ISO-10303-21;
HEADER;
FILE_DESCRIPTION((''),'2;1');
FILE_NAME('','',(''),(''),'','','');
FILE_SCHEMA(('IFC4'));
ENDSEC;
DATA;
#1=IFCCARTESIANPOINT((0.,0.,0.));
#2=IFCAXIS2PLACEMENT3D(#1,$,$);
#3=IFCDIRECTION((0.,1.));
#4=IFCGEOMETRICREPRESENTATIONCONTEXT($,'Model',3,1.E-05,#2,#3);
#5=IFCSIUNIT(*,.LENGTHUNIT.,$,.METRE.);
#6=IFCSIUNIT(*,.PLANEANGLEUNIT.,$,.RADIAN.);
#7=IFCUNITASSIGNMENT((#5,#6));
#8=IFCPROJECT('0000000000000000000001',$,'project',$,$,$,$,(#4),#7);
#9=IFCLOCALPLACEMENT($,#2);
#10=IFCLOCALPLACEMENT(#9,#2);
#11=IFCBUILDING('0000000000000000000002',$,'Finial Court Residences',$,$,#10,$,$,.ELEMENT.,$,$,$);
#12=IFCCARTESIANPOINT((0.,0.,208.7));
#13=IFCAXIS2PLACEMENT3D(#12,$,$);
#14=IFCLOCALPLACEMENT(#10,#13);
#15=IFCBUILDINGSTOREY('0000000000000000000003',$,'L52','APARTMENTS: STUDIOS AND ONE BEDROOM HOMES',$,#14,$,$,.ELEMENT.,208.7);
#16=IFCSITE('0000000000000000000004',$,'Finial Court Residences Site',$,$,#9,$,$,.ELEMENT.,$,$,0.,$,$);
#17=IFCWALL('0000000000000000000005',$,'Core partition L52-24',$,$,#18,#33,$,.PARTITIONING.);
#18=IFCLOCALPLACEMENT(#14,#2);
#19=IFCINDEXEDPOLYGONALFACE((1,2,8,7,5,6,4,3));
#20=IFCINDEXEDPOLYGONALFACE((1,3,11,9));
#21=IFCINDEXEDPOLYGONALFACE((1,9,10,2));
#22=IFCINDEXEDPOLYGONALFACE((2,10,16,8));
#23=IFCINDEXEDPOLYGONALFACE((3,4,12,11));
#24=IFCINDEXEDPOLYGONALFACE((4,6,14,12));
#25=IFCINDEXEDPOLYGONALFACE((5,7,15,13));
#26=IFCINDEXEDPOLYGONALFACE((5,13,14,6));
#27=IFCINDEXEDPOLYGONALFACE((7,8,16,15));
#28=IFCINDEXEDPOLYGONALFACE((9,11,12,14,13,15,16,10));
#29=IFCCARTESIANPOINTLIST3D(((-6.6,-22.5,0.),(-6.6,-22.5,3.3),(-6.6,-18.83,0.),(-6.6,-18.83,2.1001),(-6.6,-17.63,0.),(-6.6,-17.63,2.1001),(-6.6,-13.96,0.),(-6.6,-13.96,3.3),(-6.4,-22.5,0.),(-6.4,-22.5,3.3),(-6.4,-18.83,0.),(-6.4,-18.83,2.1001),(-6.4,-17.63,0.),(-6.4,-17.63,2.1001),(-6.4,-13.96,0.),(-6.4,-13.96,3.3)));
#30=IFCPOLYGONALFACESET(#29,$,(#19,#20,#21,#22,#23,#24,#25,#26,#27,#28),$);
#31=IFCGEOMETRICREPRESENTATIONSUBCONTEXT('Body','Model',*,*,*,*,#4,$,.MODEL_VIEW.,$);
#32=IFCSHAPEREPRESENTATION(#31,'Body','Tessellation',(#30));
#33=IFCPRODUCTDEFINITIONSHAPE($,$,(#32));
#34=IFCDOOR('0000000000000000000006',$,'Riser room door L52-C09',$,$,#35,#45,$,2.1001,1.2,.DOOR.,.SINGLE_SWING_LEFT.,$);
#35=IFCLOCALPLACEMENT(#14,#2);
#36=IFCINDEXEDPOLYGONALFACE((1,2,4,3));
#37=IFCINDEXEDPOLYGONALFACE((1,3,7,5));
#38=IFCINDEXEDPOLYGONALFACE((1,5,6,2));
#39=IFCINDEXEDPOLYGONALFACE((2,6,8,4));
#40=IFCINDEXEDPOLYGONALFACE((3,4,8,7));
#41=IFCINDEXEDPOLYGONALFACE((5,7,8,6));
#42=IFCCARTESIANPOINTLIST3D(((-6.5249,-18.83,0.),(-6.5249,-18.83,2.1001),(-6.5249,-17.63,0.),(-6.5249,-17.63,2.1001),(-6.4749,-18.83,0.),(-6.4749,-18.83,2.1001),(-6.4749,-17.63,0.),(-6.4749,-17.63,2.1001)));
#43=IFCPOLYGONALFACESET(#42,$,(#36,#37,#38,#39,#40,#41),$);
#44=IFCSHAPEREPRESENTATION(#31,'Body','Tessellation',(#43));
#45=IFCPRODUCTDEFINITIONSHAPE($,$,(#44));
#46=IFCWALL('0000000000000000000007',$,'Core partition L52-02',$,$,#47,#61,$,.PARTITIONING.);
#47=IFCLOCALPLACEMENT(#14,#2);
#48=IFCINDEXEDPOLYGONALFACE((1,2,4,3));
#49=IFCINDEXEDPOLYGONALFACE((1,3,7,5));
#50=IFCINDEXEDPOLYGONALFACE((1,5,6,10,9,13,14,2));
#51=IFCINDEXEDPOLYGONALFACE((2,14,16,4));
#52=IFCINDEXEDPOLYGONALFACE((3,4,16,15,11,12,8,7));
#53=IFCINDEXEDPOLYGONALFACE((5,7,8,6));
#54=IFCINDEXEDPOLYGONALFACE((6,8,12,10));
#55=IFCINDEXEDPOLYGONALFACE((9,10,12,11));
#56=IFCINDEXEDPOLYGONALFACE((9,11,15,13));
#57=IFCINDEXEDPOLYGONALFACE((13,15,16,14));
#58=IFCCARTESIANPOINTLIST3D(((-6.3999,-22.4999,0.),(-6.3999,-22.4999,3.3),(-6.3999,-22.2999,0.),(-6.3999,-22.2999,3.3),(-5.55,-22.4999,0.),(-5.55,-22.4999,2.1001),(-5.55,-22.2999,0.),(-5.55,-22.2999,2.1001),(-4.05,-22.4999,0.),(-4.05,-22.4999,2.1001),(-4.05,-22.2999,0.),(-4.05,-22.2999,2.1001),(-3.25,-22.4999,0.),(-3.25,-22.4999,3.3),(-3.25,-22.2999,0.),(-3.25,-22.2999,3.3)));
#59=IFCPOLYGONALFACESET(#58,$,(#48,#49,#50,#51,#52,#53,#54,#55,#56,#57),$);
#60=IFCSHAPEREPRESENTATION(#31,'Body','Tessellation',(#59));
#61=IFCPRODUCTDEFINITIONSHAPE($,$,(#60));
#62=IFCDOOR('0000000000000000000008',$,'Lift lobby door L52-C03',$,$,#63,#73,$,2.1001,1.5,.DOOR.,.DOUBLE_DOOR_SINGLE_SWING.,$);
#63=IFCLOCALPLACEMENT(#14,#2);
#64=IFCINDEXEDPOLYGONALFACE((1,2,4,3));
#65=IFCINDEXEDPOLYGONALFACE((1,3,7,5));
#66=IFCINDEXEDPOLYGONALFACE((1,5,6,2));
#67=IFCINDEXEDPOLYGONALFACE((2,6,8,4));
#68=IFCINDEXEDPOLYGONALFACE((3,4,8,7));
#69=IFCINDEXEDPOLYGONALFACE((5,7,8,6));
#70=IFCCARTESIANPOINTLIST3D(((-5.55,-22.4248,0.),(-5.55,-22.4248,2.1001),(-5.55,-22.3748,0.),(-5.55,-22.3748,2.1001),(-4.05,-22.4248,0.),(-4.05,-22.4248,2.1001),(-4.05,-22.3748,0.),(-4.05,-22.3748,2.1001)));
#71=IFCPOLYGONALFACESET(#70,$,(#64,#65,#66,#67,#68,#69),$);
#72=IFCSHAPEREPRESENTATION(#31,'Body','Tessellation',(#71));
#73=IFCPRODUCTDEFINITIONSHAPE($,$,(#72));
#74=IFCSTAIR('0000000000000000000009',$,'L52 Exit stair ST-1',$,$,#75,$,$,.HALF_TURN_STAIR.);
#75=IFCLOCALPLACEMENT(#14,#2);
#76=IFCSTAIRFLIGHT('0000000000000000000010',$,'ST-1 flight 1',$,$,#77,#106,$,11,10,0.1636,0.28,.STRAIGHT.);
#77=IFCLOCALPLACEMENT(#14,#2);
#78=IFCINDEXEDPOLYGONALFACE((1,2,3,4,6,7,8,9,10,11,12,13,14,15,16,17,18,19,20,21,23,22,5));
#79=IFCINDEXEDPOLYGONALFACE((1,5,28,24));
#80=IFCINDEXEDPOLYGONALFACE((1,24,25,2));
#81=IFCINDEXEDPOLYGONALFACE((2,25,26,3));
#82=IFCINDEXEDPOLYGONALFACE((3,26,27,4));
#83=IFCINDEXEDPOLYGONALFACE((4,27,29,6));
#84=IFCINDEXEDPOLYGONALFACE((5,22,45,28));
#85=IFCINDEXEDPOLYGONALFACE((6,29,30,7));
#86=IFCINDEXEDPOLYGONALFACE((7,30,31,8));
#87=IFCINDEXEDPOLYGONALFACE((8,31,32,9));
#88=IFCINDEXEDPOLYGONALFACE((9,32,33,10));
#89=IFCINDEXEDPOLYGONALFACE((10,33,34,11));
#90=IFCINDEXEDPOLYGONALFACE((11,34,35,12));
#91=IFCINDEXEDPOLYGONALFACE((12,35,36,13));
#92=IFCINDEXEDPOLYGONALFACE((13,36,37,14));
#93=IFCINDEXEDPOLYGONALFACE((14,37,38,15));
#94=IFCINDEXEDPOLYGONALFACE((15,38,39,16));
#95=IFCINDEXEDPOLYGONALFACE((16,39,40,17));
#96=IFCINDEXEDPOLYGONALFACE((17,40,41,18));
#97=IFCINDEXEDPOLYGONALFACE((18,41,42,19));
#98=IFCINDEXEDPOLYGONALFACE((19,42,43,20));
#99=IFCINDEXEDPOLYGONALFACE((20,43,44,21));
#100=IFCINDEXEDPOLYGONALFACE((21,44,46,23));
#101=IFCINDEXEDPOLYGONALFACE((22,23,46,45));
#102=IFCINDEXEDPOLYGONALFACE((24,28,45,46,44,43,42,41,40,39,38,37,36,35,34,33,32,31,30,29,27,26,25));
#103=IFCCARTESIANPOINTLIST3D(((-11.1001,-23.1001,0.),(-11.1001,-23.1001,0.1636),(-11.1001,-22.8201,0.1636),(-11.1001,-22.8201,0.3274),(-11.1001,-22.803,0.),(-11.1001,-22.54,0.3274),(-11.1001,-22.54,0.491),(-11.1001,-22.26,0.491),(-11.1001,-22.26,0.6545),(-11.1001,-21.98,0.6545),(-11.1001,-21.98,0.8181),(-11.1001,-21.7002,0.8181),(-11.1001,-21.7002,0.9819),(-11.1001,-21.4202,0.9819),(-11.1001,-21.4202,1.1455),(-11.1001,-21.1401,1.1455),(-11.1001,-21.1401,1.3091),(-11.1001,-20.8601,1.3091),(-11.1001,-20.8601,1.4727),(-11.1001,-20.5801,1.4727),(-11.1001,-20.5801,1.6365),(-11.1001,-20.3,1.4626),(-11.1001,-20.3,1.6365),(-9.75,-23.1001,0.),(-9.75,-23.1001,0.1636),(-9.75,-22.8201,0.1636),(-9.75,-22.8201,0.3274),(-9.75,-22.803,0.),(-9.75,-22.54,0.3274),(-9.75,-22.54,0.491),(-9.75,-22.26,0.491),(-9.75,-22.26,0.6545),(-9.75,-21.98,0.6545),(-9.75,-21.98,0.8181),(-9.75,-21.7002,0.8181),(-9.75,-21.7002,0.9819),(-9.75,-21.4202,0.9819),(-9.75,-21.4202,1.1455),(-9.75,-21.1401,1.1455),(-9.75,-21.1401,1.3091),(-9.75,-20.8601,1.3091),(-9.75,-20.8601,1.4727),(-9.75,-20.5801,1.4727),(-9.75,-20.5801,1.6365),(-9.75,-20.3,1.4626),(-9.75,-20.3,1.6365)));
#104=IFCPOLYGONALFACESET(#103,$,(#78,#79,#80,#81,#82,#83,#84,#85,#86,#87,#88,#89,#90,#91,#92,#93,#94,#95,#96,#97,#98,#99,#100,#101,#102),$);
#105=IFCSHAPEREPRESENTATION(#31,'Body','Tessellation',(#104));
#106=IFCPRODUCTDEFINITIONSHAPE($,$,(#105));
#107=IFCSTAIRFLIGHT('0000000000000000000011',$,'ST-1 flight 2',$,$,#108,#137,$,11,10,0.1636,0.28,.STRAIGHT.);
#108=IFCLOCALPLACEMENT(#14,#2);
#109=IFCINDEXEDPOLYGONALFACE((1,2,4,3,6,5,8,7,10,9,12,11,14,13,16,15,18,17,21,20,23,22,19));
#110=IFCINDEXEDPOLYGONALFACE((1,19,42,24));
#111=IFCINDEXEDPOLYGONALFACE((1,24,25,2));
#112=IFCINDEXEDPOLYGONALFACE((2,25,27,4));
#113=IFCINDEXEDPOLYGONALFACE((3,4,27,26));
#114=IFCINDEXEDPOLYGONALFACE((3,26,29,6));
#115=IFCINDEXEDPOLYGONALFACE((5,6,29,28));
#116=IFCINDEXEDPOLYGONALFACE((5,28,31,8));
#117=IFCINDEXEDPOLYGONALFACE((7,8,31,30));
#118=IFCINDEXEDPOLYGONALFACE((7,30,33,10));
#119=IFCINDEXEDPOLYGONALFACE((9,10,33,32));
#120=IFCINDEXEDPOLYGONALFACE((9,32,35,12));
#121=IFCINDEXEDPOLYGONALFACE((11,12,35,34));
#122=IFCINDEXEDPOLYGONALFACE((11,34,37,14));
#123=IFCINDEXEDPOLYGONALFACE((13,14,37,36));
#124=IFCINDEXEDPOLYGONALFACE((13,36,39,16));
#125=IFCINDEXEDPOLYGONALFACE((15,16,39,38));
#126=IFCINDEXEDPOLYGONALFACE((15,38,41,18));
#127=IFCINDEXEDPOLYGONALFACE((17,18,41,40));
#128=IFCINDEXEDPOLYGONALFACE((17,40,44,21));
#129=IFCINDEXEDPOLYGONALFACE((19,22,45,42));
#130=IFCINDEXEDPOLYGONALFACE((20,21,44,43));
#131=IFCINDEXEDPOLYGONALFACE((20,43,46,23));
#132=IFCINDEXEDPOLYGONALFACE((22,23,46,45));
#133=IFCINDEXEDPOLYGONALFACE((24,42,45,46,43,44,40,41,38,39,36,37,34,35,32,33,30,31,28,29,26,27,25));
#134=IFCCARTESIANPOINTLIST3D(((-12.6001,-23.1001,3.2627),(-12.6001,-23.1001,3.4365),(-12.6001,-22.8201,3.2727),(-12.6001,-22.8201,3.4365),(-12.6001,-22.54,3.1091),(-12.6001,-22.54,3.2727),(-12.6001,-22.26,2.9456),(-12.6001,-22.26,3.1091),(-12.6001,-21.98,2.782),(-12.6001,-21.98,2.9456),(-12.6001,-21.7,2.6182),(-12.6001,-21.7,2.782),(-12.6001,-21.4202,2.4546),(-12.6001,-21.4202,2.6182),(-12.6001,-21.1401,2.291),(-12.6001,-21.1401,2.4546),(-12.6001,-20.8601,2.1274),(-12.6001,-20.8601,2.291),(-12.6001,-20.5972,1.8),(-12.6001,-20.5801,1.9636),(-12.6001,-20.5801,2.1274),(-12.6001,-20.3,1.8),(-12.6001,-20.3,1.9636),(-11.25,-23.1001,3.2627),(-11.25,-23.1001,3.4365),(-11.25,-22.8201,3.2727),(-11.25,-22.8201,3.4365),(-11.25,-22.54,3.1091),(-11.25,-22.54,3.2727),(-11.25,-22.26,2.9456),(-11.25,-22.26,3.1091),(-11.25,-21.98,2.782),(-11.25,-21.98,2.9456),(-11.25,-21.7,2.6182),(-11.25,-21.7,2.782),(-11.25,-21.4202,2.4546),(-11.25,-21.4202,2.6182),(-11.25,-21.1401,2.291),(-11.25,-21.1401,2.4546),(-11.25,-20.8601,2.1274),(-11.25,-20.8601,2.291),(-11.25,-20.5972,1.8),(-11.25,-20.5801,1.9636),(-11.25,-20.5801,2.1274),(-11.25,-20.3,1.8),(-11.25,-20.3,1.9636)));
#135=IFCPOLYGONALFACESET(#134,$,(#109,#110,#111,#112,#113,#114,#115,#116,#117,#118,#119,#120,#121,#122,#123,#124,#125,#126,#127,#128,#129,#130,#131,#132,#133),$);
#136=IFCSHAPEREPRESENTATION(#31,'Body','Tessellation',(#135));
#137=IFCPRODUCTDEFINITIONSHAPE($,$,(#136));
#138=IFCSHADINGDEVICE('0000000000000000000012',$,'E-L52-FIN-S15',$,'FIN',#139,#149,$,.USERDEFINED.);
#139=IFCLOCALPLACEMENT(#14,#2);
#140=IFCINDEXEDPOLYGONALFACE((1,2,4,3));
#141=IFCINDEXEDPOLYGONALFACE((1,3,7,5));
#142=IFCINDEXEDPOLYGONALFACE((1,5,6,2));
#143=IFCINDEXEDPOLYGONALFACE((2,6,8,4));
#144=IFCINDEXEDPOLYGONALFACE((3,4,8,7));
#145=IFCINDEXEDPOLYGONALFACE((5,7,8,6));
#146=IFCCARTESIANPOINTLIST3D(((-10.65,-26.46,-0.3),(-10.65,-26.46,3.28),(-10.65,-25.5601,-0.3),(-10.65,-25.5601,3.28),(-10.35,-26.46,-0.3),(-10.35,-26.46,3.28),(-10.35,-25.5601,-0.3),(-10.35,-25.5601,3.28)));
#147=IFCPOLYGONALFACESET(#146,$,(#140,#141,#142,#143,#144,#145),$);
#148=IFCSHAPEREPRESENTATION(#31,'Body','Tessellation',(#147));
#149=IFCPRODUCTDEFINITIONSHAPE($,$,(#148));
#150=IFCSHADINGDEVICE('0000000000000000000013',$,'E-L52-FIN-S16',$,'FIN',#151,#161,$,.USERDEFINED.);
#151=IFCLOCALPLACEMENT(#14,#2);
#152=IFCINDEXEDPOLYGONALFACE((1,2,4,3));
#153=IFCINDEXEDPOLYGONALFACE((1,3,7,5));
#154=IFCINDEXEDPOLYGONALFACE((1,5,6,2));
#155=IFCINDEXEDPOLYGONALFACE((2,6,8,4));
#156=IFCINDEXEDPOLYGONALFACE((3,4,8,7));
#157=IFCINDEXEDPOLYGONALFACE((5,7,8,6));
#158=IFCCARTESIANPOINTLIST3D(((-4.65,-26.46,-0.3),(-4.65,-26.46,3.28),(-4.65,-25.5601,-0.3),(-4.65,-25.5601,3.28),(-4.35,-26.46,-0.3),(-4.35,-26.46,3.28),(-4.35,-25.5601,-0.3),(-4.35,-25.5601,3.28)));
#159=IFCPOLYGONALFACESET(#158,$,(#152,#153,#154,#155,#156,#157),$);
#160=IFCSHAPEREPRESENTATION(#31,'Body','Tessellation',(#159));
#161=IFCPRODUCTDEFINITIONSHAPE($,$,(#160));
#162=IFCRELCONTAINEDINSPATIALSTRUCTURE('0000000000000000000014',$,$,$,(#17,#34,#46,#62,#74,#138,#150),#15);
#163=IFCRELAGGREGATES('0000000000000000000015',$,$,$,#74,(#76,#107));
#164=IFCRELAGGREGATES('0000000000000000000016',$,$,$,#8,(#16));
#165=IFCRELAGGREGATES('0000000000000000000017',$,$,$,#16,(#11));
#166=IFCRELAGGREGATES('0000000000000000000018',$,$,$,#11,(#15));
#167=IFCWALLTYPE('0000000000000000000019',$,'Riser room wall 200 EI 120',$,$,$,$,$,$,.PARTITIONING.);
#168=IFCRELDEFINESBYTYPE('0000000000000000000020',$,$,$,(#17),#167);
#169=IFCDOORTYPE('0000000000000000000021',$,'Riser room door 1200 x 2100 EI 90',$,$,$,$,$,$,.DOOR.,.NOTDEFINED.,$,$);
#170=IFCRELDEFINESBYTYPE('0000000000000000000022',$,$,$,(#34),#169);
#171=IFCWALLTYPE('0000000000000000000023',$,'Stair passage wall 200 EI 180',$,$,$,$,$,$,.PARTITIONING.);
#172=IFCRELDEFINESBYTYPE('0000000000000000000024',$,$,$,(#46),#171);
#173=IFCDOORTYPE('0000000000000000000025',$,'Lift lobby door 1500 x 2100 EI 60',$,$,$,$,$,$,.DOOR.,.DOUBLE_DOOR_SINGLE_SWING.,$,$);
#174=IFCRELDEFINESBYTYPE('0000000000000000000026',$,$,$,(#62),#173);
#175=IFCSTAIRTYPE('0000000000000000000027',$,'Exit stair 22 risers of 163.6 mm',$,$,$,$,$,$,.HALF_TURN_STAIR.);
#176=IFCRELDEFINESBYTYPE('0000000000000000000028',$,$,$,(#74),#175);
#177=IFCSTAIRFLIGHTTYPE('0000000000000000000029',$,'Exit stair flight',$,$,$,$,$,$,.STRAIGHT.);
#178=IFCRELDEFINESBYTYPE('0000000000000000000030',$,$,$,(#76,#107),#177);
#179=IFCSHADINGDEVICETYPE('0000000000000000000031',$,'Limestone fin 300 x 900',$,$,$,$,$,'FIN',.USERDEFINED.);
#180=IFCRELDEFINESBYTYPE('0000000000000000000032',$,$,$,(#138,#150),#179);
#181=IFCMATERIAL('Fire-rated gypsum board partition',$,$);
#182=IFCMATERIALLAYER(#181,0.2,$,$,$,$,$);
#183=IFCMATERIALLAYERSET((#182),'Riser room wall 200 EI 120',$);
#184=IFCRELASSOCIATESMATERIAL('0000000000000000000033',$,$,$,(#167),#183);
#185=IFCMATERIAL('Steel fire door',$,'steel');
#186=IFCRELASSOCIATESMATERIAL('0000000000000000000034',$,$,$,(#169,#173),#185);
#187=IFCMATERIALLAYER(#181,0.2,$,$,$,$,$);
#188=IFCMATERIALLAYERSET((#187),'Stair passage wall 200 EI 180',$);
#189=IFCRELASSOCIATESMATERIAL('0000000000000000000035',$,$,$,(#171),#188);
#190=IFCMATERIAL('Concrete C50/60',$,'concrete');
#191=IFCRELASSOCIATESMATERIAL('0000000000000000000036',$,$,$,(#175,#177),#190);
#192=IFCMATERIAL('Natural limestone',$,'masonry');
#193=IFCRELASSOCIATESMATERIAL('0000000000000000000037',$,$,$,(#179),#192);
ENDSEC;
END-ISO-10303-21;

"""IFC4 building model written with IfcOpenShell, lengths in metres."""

from ifc_helpers import new_model, si_unit, direction, frame, frame_2d, origin, origin_2d, place, context, subcontext, project, spatial, polyline, rectangle, outline, extrude, material, layer, layer_set, type_object, element, fill, aggregate, save


model = new_model("IFC4")

# Units and contexts
model_context = context("Model", 3, precision=1e-05, world=origin(), true_north=direction((0.0, 1.0)))
body_context = subcontext(model_context, "Body", "Model", "MODEL_VIEW")
ifc_project = project(units=[si_unit("LENGTHUNIT", "METRE"), si_unit("PLANEANGLEUNIT", "RADIAN")], contexts=[model_context])

# Site, building, storey
site_placement = place(None, origin())
site = spatial("IfcSite", under=ifc_project, at=site_placement, Name="Finial Court Residences Site", CompositionType="ELEMENT", RefElevation=0.0)
building_placement = place(site_placement, origin())
building = spatial("IfcBuilding", under=site, at=building_placement, Name="Finial Court Residences", CompositionType="ELEMENT")
storey_placement = place(building_placement, frame((0.0, 0.0, 208.7)))
storey = spatial("IfcBuildingStorey", under=building, at=storey_placement, Name="L52", Description="APARTMENTS: STUDIOS AND ONE BEDROOM HOMES", CompositionType="ELEMENT", Elevation=208.7)

# Shared definitions
ifc_material_1 = material(Name="Steel fire door", Category="steel")

# Shared definitions
ifc_material_2 = material(Name="Fire-rated gypsum board partition")
ifc_layer_1 = layer(ifc_material_2, 0.2)
ifc_layer_set_1 = layer_set([ifc_layer_1], Name="Riser room wall 200 EI 120")
wall_type_1 = type_object("IfcWallType", Name="Riser room wall 200 EI 120", PredefinedType="PARTITIONING", material=ifc_layer_set_1)

# Walls, openings, doors
wall_1_placement = place(storey_placement, frame((-6.5, -22.5, 0.0), z_axis=(0.0, 0.0, 1.0), x_axis=(0.0, 1.0, 0.0)))
wall_1 = element("IfcWall", 1, at=wall_1_placement, inside=storey, type_object=wall_type_1, Name="Core partition L52-24", PredefinedType="PARTITIONING", context=body_context, shape_type="SweptSolid", body=[
    extrude(rectangle(XDim=8.54, YDim=0.2, at=frame_2d((4.27, 0.0))), origin(), (0.0, 0.0, 1.0), 3.3),
])
opening_1_placement = place(wall_1_placement, frame((3.6699, 0.0, 0.0)))
opening_1 = element("IfcOpeningElement", 2, at=opening_1_placement, cuts=wall_1, PredefinedType="OPENING", context=body_context, shape_type="SweptSolid", body=[
    extrude(rectangle(XDim=1.2, YDim=2.1001, at=frame_2d((0.6001, 1.05))), frame((0.0, 0.1099, 0.0), z_axis=(0.0, -1.0, 0.0), x_axis=(1.0, 0.0, 0.0)), (0.0, 0.0, 1.0), 0.22),
])
door_type_1 = type_object("IfcDoorType", Name="Riser room door 1200 x 2100 EI 90", OperationType="NOTDEFINED", PredefinedType="DOOR", material=ifc_material_1)
door_1_placement = place(opening_1_placement, origin())
door_1 = element("IfcDoor", 3, at=door_1_placement, inside=storey, type_object=door_type_1, Name="Riser room door L52-C09", OperationType="SINGLE_SWING_LEFT", OverallHeight=2.1001, OverallWidth=1.2, PredefinedType="DOOR", context=body_context, shape_type="SweptSolid", body=[
    extrude(rectangle(XDim=1.2, YDim=2.1001, at=frame_2d((0.6001, 1.05))), frame((0.0, 0.0249, 0.0), z_axis=(0.0, -1.0, 0.0), x_axis=(1.0, 0.0, 0.0)), (0.0, 0.0, 1.0), 0.05),
])
fill(opening_1, door_1)
ifc_layer_2 = layer(ifc_material_2, 0.2)
ifc_layer_set_2 = layer_set([ifc_layer_2], Name="Stair passage wall 200 EI 180")
wall_type_2 = type_object("IfcWallType", Name="Stair passage wall 200 EI 180", PredefinedType="PARTITIONING", material=ifc_layer_set_2)
wall_2_placement = place(storey_placement, frame((-3.25, -22.3999, 0.0), z_axis=(0.0, 0.0, 1.0), x_axis=(-1.0, 0.0, 0.0)))
wall_2 = element("IfcWall", 4, at=wall_2_placement, inside=storey, type_object=wall_type_2, Name="Core partition L52-02", PredefinedType="PARTITIONING", context=body_context, shape_type="SweptSolid", body=[
    extrude(rectangle(XDim=3.1499, YDim=0.2, at=frame_2d((1.575, 0.0))), origin(), (0.0, 0.0, 1.0), 3.3),
])
opening_2_placement = place(wall_2_placement, frame((0.8, 0.0, 0.0)))
opening_2 = element("IfcOpeningElement", 5, at=opening_2_placement, cuts=wall_2, PredefinedType="OPENING", context=body_context, shape_type="SweptSolid", body=[
    extrude(rectangle(XDim=1.5, YDim=2.1001, at=frame_2d((0.75, 1.05))), frame((0.0, 0.1099, 0.0), z_axis=(0.0, -1.0, 0.0), x_axis=(1.0, 0.0, 0.0)), (0.0, 0.0, 1.0), 0.22),
])
door_type_2 = type_object("IfcDoorType", Name="Lift lobby door 1500 x 2100 EI 60", OperationType="DOUBLE_DOOR_SINGLE_SWING", PredefinedType="DOOR", material=ifc_material_1)
door_2_placement = place(opening_2_placement, origin())
door_2 = element("IfcDoor", 6, at=door_2_placement, inside=storey, type_object=door_type_2, Name="Lift lobby door L52-C03", OperationType="DOUBLE_DOOR_SINGLE_SWING", OverallHeight=2.1001, OverallWidth=1.5, PredefinedType="DOOR", context=body_context, shape_type="SweptSolid", body=[
    extrude(rectangle(XDim=1.5, YDim=2.1001, at=frame_2d((0.75, 1.05))), frame((0.0, 0.0249, 0.0), z_axis=(0.0, -1.0, 0.0), x_axis=(1.0, 0.0, 0.0)), (0.0, 0.0, 1.0), 0.05),
])
fill(opening_2, door_2)

# Stair, stair flights
ifc_material_3 = material(Name="Concrete C50/60", Category="concrete")
stair_type = type_object("IfcStairType", Name="Exit stair 22 risers of 163.6 mm", PredefinedType="HALF_TURN_STAIR", material=ifc_material_3)
stair_placement = place(storey_placement, origin())
stair = element("IfcStair", 7, at=stair_placement, inside=storey, type_object=stair_type, Name="L52 Exit stair ST-1", PredefinedType="HALF_TURN_STAIR")
stair_flight_type = type_object("IfcStairFlightType", Name="Exit stair flight", PredefinedType="STRAIGHT", material=ifc_material_3)
stair_flight_1_placement = place(storey_placement, frame((-10.425, -23.1001, 0.0), z_axis=(0.0, 0.0, 1.0), x_axis=(0.0, 1.0, 0.0)))
stair_flight_1 = element("IfcStairFlight", 8, at=stair_flight_1_placement, type_object=stair_flight_type, Name="ST-1 flight 1", NumberOfRisers=11, NumberOfTreads=10, PredefinedType="STRAIGHT", RiserHeight=0.1636, TreadLength=0.28, context=body_context, shape_type="SweptSolid", body=[
    extrude(outline(polyline([(0.0, 0.0), (0.0, 0.1636), (0.28, 0.1636), (0.28, 0.3274), (0.5601, 0.3274), (0.5601, 0.491), (0.8401, 0.491), (0.8401, 0.6545), (1.1201, 0.6545), (1.1201, 0.8181), (1.3999, 0.8181), (1.3999, 0.9819), (1.6799, 0.9819), (1.6799, 1.1455), (1.96, 1.1455), (1.96, 1.3091), (2.24, 1.3091), (2.24, 1.4727), (2.52, 1.4727), (2.52, 1.6365), (2.8, 1.6365), (2.8, 1.8), (2.8, 1.4626), (0.2971, 0.0), (0.0, 0.0)])), frame((0.0, 0.675, 0.0), z_axis=(0.0, -1.0, 0.0), x_axis=(1.0, 0.0, 0.0)), (0.0, 0.0, 1.0), 1.3501),
])
stair_flight_2_placement = place(storey_placement, frame((-11.925, -20.3, 1.8), z_axis=(0.0, 0.0, 1.0), x_axis=(0.0, -1.0, 0.0)))
stair_flight_2 = element("IfcStairFlight", 9, at=stair_flight_2_placement, type_object=stair_flight_type, Name="ST-1 flight 2", NumberOfRisers=11, NumberOfTreads=10, PredefinedType="STRAIGHT", RiserHeight=0.1636, TreadLength=0.28, context=body_context, shape_type="SweptSolid", body=[
    extrude(outline(polyline([(0.0, 0.0), (0.0, 0.1636), (0.28, 0.1636), (0.28, 0.3274), (0.5601, 0.3274), (0.5601, 0.491), (0.8401, 0.491), (0.8401, 0.6545), (1.1201, 0.6545), (1.1201, 0.8181), (1.3999, 0.8181), (1.3999, 0.9819), (1.6799, 0.9819), (1.6799, 1.1455), (1.96, 1.1455), (1.96, 1.3091), (2.24, 1.3091), (2.24, 1.4727), (2.52, 1.4727), (2.52, 1.6365), (2.8, 1.6365), (2.8, 1.8), (2.8, 1.4626), (0.2971, 0.0), (0.0, 0.0)])), frame((0.0, 0.675, 0.0), z_axis=(0.0, -1.0, 0.0), x_axis=(1.0, 0.0, 0.0)), (0.0, 0.0, 1.0), 1.3501),
])
aggregate(stair, [stair_flight_1, stair_flight_2])

# Shading devices
ifc_material_4 = material(Name="Natural limestone", Category="masonry")
shading_device_type = type_object("IfcShadingDeviceType", Name="Limestone fin 300 x 900", ElementType="FIN", PredefinedType="USERDEFINED", material=ifc_material_4)
for number, where, z_axis, x_axis, name in (
    (10, (-10.5, -26.01, -0.3), (0.0, 0.0, 1.0), (1.0, 0.0, 0.0), "E-L52-FIN-S15"),
    (11, (-4.5, -26.01, -0.3), (0.0, 0.0, 1.0), (1.0, 0.0, 0.0), "E-L52-FIN-S16"),
):
    element("IfcShadingDevice", number, at=place(storey_placement, frame(where, z_axis=z_axis, x_axis=x_axis)), inside=storey, type_object=shading_device_type, Name=name, ObjectType="FIN", PredefinedType="USERDEFINED", context=body_context, shape_type="SweptSolid", body=[
        extrude(rectangle(XDim=0.3, YDim=0.8999, at=origin_2d()), origin(), (0.0, 0.0, 1.0), 3.5801),
    ])

save(model, "model.ifc")
